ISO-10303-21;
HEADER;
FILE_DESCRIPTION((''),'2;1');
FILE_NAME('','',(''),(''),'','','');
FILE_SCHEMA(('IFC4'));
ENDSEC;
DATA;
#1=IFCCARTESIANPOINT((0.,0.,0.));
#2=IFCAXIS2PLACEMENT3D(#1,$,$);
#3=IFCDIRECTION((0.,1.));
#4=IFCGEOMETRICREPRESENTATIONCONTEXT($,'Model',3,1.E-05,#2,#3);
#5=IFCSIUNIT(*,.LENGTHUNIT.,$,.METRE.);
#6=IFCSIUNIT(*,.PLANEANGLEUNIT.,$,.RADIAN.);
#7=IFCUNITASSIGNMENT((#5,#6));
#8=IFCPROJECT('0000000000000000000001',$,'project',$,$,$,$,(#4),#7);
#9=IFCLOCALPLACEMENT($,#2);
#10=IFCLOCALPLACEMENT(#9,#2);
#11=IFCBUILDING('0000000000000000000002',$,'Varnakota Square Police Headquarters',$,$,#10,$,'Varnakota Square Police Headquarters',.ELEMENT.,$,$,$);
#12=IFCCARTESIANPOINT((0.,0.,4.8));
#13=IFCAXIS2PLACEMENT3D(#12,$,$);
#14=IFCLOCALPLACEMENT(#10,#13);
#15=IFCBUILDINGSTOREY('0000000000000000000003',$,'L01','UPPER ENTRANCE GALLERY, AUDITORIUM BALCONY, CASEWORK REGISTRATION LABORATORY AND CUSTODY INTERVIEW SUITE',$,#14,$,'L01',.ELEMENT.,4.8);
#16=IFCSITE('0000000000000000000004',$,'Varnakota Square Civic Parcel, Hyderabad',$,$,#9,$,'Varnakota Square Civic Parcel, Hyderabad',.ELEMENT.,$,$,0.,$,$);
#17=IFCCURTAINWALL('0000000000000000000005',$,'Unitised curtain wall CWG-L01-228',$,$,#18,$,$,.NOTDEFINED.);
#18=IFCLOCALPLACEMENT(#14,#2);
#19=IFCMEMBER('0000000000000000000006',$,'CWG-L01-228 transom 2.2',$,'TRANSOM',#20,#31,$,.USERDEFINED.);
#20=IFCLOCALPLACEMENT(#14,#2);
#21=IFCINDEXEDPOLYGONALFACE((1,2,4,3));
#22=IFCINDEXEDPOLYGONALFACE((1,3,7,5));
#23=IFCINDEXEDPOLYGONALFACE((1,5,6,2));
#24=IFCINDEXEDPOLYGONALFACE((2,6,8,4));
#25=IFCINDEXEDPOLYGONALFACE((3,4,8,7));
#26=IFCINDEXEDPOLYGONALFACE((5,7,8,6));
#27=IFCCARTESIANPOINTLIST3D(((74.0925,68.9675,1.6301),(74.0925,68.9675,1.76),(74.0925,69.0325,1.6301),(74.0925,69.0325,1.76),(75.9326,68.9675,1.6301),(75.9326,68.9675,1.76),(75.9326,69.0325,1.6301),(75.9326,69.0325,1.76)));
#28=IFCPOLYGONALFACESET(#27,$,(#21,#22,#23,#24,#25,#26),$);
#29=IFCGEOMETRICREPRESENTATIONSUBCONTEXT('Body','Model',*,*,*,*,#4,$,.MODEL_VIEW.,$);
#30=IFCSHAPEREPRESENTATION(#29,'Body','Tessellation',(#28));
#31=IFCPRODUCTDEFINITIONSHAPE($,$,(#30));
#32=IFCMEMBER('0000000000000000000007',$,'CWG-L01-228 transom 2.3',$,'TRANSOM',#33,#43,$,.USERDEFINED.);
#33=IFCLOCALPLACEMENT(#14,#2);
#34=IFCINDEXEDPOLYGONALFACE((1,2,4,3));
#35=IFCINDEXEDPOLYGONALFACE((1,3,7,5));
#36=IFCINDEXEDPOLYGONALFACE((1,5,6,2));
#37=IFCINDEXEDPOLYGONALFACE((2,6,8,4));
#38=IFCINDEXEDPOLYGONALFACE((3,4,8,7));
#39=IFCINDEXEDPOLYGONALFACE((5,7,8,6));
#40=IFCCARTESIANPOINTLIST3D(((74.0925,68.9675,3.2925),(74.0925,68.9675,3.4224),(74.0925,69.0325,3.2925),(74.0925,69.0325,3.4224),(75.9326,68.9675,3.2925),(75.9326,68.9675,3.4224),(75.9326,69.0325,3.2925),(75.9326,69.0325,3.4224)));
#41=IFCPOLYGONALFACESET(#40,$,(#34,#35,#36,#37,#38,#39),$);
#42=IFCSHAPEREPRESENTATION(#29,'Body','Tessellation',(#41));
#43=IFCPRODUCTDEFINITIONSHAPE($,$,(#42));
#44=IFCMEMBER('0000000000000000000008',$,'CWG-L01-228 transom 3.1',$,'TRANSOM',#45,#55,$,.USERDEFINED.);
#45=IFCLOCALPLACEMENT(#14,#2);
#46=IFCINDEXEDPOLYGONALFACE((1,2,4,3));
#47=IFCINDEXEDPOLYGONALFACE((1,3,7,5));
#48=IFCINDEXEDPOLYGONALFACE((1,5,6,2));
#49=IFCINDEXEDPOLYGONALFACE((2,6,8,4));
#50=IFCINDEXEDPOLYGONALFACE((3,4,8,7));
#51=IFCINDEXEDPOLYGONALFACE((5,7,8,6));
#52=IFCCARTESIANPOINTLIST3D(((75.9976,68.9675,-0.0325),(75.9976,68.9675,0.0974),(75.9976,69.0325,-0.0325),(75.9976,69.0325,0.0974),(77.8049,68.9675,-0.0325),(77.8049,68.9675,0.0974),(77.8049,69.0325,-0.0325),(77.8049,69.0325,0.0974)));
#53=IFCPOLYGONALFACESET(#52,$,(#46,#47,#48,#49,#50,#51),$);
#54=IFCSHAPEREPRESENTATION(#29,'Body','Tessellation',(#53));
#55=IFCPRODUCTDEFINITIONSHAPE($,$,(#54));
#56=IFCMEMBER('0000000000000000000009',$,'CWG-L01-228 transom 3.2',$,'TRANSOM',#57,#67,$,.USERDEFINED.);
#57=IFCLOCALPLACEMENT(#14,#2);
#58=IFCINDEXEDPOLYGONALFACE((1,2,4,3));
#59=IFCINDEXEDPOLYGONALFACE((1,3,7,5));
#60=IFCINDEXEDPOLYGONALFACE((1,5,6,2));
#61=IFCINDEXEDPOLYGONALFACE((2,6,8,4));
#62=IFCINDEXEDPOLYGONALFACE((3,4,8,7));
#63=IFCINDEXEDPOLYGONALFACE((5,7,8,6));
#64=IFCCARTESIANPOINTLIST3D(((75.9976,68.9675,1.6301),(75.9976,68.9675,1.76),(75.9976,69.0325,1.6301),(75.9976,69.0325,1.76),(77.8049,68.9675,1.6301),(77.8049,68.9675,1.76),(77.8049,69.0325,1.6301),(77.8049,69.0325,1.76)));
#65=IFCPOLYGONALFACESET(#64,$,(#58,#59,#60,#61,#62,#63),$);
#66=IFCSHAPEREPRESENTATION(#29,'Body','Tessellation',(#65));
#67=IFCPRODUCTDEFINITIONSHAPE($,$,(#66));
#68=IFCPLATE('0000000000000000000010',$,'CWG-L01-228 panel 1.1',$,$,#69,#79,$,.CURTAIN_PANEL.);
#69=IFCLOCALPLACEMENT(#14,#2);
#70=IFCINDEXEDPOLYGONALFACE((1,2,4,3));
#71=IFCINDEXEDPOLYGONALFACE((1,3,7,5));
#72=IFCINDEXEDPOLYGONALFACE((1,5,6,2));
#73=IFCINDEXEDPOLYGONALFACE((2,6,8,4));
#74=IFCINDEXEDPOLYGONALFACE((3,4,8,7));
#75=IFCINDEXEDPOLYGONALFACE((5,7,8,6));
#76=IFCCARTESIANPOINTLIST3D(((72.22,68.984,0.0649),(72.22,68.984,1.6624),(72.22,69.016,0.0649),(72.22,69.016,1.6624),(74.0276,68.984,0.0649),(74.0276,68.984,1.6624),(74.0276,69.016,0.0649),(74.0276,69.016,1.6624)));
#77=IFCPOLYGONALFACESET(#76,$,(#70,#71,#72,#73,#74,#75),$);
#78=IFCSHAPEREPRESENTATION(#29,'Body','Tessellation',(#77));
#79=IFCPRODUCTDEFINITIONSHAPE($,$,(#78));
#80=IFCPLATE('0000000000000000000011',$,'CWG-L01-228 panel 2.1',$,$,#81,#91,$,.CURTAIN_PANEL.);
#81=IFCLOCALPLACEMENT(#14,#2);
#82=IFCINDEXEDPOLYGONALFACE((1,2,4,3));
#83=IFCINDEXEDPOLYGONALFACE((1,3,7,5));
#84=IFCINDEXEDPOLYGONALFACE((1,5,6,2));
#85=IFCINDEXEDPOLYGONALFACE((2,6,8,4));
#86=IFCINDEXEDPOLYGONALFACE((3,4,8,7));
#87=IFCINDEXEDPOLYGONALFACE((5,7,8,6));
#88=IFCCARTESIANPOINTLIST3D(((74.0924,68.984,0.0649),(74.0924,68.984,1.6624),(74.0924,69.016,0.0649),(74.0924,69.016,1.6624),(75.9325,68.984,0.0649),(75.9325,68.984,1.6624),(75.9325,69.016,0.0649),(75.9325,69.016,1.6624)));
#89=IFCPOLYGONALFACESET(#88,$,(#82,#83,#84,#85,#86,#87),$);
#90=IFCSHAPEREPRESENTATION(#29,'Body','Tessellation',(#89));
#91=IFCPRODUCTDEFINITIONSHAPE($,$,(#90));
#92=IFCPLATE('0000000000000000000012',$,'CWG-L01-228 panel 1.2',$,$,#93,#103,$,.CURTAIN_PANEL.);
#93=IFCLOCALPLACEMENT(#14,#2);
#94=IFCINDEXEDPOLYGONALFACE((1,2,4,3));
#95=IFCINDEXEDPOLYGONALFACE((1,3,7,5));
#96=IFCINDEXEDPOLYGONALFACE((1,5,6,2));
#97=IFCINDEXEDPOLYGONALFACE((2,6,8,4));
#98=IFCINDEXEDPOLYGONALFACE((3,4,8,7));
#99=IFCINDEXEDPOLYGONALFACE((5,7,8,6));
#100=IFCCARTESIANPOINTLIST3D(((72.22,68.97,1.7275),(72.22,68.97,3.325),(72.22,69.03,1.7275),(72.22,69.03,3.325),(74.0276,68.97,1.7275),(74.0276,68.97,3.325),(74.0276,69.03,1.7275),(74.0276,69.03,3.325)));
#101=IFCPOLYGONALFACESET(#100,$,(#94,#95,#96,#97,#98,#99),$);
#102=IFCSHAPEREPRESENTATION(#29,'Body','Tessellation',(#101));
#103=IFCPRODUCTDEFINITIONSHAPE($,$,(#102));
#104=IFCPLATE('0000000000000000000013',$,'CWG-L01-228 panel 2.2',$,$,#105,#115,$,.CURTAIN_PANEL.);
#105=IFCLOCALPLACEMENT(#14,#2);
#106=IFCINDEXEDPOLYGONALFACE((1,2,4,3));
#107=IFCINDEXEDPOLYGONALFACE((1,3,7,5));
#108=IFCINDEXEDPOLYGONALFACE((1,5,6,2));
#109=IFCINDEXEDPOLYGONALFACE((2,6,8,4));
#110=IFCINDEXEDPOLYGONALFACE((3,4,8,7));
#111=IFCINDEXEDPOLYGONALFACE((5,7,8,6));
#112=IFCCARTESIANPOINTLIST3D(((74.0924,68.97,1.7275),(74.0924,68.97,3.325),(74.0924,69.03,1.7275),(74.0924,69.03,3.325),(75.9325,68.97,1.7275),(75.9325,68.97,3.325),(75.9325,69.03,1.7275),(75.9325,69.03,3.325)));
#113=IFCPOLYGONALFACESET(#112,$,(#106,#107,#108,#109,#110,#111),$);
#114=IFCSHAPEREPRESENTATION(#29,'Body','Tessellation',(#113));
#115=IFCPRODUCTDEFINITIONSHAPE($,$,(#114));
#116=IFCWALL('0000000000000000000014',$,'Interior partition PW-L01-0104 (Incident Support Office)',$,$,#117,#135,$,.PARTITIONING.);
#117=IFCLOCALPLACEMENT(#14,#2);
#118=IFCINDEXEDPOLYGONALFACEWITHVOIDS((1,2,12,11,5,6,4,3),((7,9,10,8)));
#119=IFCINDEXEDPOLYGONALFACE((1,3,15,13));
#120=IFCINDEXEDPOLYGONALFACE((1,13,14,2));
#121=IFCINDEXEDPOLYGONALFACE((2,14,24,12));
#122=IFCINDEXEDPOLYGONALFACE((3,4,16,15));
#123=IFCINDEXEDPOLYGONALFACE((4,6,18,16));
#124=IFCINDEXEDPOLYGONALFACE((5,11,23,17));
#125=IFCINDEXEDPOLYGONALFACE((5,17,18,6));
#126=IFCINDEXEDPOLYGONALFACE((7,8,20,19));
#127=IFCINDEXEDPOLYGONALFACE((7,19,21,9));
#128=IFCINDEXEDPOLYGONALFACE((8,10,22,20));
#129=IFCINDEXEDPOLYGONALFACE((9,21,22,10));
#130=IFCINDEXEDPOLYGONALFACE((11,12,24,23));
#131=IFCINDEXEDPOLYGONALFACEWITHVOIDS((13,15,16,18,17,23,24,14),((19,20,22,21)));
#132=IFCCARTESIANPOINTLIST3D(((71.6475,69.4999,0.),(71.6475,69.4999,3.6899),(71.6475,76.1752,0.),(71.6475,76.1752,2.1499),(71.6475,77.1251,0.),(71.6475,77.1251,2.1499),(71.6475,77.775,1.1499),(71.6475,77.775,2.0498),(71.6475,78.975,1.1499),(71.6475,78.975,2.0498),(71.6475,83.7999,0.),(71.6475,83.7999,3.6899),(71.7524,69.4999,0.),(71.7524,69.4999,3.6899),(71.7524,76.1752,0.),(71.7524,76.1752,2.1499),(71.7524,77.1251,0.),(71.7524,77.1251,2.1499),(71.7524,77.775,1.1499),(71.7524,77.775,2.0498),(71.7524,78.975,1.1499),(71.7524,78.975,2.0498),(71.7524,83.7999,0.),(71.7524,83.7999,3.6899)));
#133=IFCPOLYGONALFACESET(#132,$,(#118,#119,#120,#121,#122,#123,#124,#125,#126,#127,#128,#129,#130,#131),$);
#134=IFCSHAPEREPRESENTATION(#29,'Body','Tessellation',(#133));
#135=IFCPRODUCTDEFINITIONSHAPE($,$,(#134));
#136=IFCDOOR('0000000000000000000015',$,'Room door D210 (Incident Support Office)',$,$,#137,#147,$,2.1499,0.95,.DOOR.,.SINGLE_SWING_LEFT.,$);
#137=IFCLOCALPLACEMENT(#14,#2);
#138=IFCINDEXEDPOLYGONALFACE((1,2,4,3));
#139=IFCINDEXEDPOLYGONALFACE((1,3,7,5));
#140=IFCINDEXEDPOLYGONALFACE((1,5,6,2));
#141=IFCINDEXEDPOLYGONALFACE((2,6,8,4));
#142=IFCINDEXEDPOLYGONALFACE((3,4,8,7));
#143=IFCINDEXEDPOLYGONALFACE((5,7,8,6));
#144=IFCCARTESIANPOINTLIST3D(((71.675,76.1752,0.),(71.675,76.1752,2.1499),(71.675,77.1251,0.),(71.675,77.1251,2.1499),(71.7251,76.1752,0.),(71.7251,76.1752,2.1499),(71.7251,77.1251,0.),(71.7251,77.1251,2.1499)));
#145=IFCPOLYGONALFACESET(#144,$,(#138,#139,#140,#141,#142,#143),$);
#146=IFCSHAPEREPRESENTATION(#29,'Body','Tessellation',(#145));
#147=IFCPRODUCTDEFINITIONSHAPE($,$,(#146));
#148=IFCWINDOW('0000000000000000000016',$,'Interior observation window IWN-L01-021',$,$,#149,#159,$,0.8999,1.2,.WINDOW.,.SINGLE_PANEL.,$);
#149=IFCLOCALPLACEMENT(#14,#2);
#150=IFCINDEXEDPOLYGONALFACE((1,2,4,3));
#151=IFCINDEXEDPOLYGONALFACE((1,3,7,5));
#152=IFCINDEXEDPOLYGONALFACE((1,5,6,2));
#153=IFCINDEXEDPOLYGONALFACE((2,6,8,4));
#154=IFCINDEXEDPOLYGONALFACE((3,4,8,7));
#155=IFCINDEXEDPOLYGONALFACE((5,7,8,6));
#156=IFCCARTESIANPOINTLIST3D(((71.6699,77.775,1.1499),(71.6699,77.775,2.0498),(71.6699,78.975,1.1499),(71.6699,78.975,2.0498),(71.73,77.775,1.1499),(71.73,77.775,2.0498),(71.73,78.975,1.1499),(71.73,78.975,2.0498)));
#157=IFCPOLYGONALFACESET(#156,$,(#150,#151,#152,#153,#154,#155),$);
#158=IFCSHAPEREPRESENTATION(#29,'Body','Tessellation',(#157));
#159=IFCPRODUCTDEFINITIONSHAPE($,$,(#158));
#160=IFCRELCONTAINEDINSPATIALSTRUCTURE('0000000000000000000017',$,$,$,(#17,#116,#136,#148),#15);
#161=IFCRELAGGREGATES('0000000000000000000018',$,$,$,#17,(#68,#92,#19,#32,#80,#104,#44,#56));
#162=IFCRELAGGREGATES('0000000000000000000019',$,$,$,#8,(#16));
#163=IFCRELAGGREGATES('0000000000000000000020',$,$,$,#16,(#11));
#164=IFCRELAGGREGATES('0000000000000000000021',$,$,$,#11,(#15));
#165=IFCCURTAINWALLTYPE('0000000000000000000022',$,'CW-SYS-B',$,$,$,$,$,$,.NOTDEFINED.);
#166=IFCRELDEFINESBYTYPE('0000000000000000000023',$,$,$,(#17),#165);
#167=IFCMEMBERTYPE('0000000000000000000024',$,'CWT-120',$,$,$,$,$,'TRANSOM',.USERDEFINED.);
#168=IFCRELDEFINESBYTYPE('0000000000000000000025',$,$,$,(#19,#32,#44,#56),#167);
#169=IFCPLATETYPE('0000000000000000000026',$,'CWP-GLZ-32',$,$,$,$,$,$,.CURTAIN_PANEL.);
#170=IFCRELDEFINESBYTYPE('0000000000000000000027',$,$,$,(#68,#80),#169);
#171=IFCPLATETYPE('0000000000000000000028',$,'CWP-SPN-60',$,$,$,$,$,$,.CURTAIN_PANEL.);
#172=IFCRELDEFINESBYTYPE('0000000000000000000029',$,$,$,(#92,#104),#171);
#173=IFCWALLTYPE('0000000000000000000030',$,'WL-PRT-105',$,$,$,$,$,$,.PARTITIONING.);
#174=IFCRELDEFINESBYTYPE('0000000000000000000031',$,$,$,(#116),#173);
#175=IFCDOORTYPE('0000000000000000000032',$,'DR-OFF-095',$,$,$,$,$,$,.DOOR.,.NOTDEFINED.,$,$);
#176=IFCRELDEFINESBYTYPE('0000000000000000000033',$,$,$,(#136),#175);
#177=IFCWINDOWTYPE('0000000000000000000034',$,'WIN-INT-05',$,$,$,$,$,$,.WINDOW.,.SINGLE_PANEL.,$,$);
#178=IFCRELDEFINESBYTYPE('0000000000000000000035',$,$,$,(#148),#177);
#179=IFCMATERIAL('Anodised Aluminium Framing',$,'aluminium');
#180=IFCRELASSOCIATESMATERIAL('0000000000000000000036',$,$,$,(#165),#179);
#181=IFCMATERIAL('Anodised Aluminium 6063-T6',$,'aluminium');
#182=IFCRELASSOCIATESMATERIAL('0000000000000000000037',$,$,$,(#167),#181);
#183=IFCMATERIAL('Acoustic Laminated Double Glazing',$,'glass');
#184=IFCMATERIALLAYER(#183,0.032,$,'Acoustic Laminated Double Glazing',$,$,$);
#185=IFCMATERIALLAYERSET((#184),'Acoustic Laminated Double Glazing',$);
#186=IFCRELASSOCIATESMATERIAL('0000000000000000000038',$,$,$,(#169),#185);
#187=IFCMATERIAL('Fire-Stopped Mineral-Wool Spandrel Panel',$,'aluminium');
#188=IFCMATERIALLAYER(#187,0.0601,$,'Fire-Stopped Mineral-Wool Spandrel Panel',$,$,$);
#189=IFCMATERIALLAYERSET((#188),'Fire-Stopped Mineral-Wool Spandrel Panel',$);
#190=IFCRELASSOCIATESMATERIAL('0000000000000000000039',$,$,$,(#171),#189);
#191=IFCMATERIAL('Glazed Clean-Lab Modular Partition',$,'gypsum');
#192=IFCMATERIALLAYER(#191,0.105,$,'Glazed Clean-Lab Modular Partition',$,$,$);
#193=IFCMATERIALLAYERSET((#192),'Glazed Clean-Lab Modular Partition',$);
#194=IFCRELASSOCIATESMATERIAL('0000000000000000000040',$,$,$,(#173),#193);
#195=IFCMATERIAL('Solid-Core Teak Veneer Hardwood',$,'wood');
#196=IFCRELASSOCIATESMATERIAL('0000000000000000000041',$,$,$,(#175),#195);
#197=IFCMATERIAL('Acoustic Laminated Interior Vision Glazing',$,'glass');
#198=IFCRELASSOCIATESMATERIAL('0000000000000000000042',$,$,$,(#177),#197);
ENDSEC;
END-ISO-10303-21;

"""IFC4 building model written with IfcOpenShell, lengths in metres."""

from ifc_helpers import new_model, si_unit, direction, frame, frame_2d, origin, origin_2d, place, context, subcontext, project, spatial, rectangle, extrude, material, layer, layer_set, material_profile, profile_set, type_object, element, fill, aggregate, save


model = new_model("IFC4")

# Units and contexts
model_context = context("Model", 3, precision=1e-05, world=origin(), true_north=direction((0.0, 1.0)))
body_context = subcontext(model_context, "Body", "Model", "MODEL_VIEW")
ifc_project = project(units=[si_unit("LENGTHUNIT", "METRE"), si_unit("PLANEANGLEUNIT", "RADIAN")], contexts=[model_context])

# Site, building, storey
site_placement = place(None, origin())
site = spatial("IfcSite", under=ifc_project, at=site_placement, Name="Varnakota Square Civic Parcel, Hyderabad", LongName="Varnakota Square Civic Parcel, Hyderabad", CompositionType="ELEMENT", RefElevation=0.0)
building_placement = place(site_placement, origin())
building = spatial("IfcBuilding", under=site, at=building_placement, Name="Varnakota Square Police Headquarters", LongName="Varnakota Square Police Headquarters", CompositionType="ELEMENT")
storey_placement = place(building_placement, frame((0.0, 0.0, 4.8)))
storey = spatial("IfcBuildingStorey", under=building, at=storey_placement, Name="L01", Description="UPPER ENTRANCE GALLERY, AUDITORIUM BALCONY, CASEWORK REGISTRATION LABORATORY AND CUSTODY INTERVIEW SUITE", LongName="L01", CompositionType="ELEMENT", Elevation=4.8)

# Curtain wall, members, plates
ifc_material_1 = material(Name="Anodised Aluminium Framing", Category="aluminium")
curtain_wall_type = type_object("IfcCurtainWallType", Name="CW-SYS-B", PredefinedType="NOTDEFINED", material=ifc_material_1)
curtain_wall_placement = place(storey_placement, origin())
curtain_wall = element("IfcCurtainWall", 1, at=curtain_wall_placement, inside=storey, type_object=curtain_wall_type, Name="Unitised curtain wall CWG-L01-228", PredefinedType="NOTDEFINED")
ifc_material_2 = material(Name="Anodised Aluminium 6063-T6", Category="aluminium")
ifc_material_profile_1 = material_profile(ifc_material_2, rectangle(XDim=0.0649, YDim=0.1299, at=origin_2d()), Name="ALU TRANSOM 65x130")
ifc_profile_set_1 = profile_set([ifc_material_profile_1], Name="Anodised Aluminium 6063-T6")
member_type_1 = type_object("IfcMemberType", Name="CWT-120", ElementType="TRANSOM", PredefinedType="USERDEFINED", material=ifc_profile_set_1)
member_1_placement = place(storey_placement, frame((74.0925, 69.0, 1.6951), z_axis=(1.0, 0.0, 0.0), x_axis=(0.0, 1.0, 0.0)))
member_1 = element("IfcMember", 2, at=member_1_placement, type_object=member_type_1, Name="CWG-L01-228 transom 2.2", ObjectType="TRANSOM", PredefinedType="USERDEFINED", context=body_context, shape_type="SweptSolid", body=[
    extrude(rectangle(XDim=0.0649, YDim=0.1299, at=origin_2d()), origin(), (0.0, 0.0, 1.0), 1.8401),
])
member_2_placement = place(storey_placement, frame((74.0925, 69.0, 3.3574), z_axis=(1.0, 0.0, 0.0), x_axis=(0.0, 1.0, 0.0)))
member_2 = element("IfcMember", 3, at=member_2_placement, type_object=member_type_1, Name="CWG-L01-228 transom 2.3", ObjectType="TRANSOM", PredefinedType="USERDEFINED", context=body_context, shape_type="SweptSolid", body=[
    extrude(rectangle(XDim=0.0649, YDim=0.1299, at=origin_2d()), origin(), (0.0, 0.0, 1.0), 1.8401),
])
member_3_placement = place(storey_placement, frame((75.9976, 69.0, 0.0325), z_axis=(1.0, 0.0, 0.0), x_axis=(0.0, 1.0, 0.0)))
member_3 = element("IfcMember", 4, at=member_3_placement, type_object=member_type_1, Name="CWG-L01-228 transom 3.1", ObjectType="TRANSOM", PredefinedType="USERDEFINED", context=body_context, shape_type="SweptSolid", body=[
    extrude(rectangle(XDim=0.0649, YDim=0.1299, at=origin_2d()), origin(), (0.0, 0.0, 1.0), 1.8074),
])
member_4_placement = place(storey_placement, frame((75.9976, 69.0, 1.6951), z_axis=(1.0, 0.0, 0.0), x_axis=(0.0, 1.0, 0.0)))
member_4 = element("IfcMember", 5, at=member_4_placement, type_object=member_type_1, Name="CWG-L01-228 transom 3.2", ObjectType="TRANSOM", PredefinedType="USERDEFINED", context=body_context, shape_type="SweptSolid", body=[
    extrude(rectangle(XDim=0.0649, YDim=0.1299, at=origin_2d()), origin(), (0.0, 0.0, 1.0), 1.8074),
])
ifc_material_3 = material(Name="Acoustic Laminated Double Glazing", Category="glass")
ifc_layer_1 = layer(ifc_material_3, 0.032, Name="Acoustic Laminated Double Glazing")
ifc_layer_set_1 = layer_set([ifc_layer_1], Name="Acoustic Laminated Double Glazing")
plate_type_1 = type_object("IfcPlateType", Name="CWP-GLZ-32", PredefinedType="CURTAIN_PANEL", material=ifc_layer_set_1)
plate_1_placement = place(storey_placement, frame((73.1238, 69.0, 0.0649), z_axis=(0.0, 0.0, 1.0), x_axis=(1.0, 0.0, 0.0)))
plate_1 = element("IfcPlate", 6, at=plate_1_placement, type_object=plate_type_1, Name="CWG-L01-228 panel 1.1", PredefinedType="CURTAIN_PANEL", context=body_context, shape_type="SweptSolid", body=[
    extrude(rectangle(XDim=1.8076, YDim=0.032, at=origin_2d()), origin(), (0.0, 0.0, 1.0), 1.5974),
])
plate_2_placement = place(storey_placement, frame((75.0125, 69.0, 0.0649), z_axis=(0.0, 0.0, 1.0), x_axis=(1.0, 0.0, 0.0)))
plate_2 = element("IfcPlate", 7, at=plate_2_placement, type_object=plate_type_1, Name="CWG-L01-228 panel 2.1", PredefinedType="CURTAIN_PANEL", context=body_context, shape_type="SweptSolid", body=[
    extrude(rectangle(XDim=1.8401, YDim=0.032, at=origin_2d()), origin(), (0.0, 0.0, 1.0), 1.5974),
])
ifc_material_4 = material(Name="Fire-Stopped Mineral-Wool Spandrel Panel", Category="aluminium")
ifc_layer_2 = layer(ifc_material_4, 0.0601, Name="Fire-Stopped Mineral-Wool Spandrel Panel")
ifc_layer_set_2 = layer_set([ifc_layer_2], Name="Fire-Stopped Mineral-Wool Spandrel Panel")
plate_type_2 = type_object("IfcPlateType", Name="CWP-SPN-60", PredefinedType="CURTAIN_PANEL", material=ifc_layer_set_2)
plate_3_placement = place(storey_placement, frame((73.1238, 69.0, 1.7275), z_axis=(0.0, 0.0, 1.0), x_axis=(1.0, 0.0, 0.0)))
plate_3 = element("IfcPlate", 8, at=plate_3_placement, type_object=plate_type_2, Name="CWG-L01-228 panel 1.2", PredefinedType="CURTAIN_PANEL", context=body_context, shape_type="SweptSolid", body=[
    extrude(rectangle(XDim=1.8076, YDim=0.0601, at=origin_2d()), origin(), (0.0, 0.0, 1.0), 1.5974),
])
plate_4_placement = place(storey_placement, frame((75.0125, 69.0, 1.7275), z_axis=(0.0, 0.0, 1.0), x_axis=(1.0, 0.0, 0.0)))
plate_4 = element("IfcPlate", 9, at=plate_4_placement, type_object=plate_type_2, Name="CWG-L01-228 panel 2.2", PredefinedType="CURTAIN_PANEL", context=body_context, shape_type="SweptSolid", body=[
    extrude(rectangle(XDim=1.8401, YDim=0.0601, at=origin_2d()), origin(), (0.0, 0.0, 1.0), 1.5974),
])
aggregate(curtain_wall, [plate_1, plate_3, member_1, member_2, plate_2, plate_4, member_3, member_4])

# Wall, openings, door, window
ifc_material_5 = material(Name="Glazed Clean-Lab Modular Partition", Category="gypsum")
ifc_layer_3 = layer(ifc_material_5, 0.105, Name="Glazed Clean-Lab Modular Partition")
ifc_layer_set_3 = layer_set([ifc_layer_3], Name="Glazed Clean-Lab Modular Partition")
wall_type_1 = type_object("IfcWallType", Name="WL-PRT-105", PredefinedType="PARTITIONING", material=ifc_layer_set_3)
wall_1_placement = place(storey_placement, frame((71.7, 69.5, 0.0), z_axis=(0.0, 0.0, 1.0), x_axis=(0.0, 1.0, 0.0)))
wall_1 = element("IfcWall", 10, at=wall_1_placement, inside=storey, type_object=wall_type_1, Name="Interior partition PW-L01-0104 (Incident Support Office)", PredefinedType="PARTITIONING", context=body_context, shape_type="SweptSolid", body=[
    extrude(rectangle(XDim=14.3, YDim=0.105, at=frame_2d((7.1499, 0.0))), origin(), (0.0, 0.0, 1.0), 3.6899),
])
opening_1_placement = place(wall_1_placement, frame((6.675, 0.0, 0.0)))
opening_1 = element("IfcOpeningElement", 11, at=opening_1_placement, cuts=wall_1, PredefinedType="OPENING", context=body_context, shape_type="SweptSolid", body=[
    extrude(rectangle(XDim=0.95, YDim=2.1499, at=frame_2d((0.4751, 1.075))), frame((0.0, 0.0625, 0.0), z_axis=(0.0, -1.0, 0.0), x_axis=(1.0, 0.0, 0.0)), (0.0, 0.0, 1.0), 0.125),
])
opening_2_placement = place(wall_1_placement, frame((8.2749, 0.0, 1.1499)))
opening_2 = element("IfcOpeningElement", 12, at=opening_2_placement, cuts=wall_1, PredefinedType="OPENING", context=body_context, shape_type="SweptSolid", body=[
    extrude(rectangle(XDim=1.2, YDim=0.8999, at=frame_2d((0.6001, 0.45))), frame((0.0, 0.0625, 0.0), z_axis=(0.0, -1.0, 0.0), x_axis=(1.0, 0.0, 0.0)), (0.0, 0.0, 1.0), 0.125),
])
ifc_material_6 = material(Name="Solid-Core Teak Veneer Hardwood", Category="wood")
door_type_1 = type_object("IfcDoorType", Name="DR-OFF-095", OperationType="NOTDEFINED", PredefinedType="DOOR", material=ifc_material_6)
door_1_placement = place(opening_1_placement, origin())
door_1 = element("IfcDoor", 13, at=door_1_placement, inside=storey, type_object=door_type_1, Name="Room door D210 (Incident Support Office)", OperationType="SINGLE_SWING_LEFT", OverallHeight=2.1499, OverallWidth=0.95, PredefinedType="DOOR", context=body_context, shape_type="SweptSolid", body=[
    extrude(rectangle(XDim=0.95, YDim=2.1499, at=frame_2d((0.4751, 1.075))), frame((0.0, 0.0249, 0.0), z_axis=(0.0, -1.0, 0.0), x_axis=(1.0, 0.0, 0.0)), (0.0, 0.0, 1.0), 0.05),
])
fill(opening_1, door_1)
ifc_material_7 = material(Name="Acoustic Laminated Interior Vision Glazing", Category="glass")
window_type = type_object("IfcWindowType", Name="WIN-INT-05", PartitioningType="SINGLE_PANEL", PredefinedType="WINDOW", material=ifc_material_7)
window_placement = place(opening_2_placement, origin())
window = element("IfcWindow", 14, at=window_placement, inside=storey, type_object=window_type, Name="Interior observation window IWN-L01-021", OverallHeight=0.8999, OverallWidth=1.2, PartitioningType="SINGLE_PANEL", PredefinedType="WINDOW", context=body_context, shape_type="SweptSolid", body=[
    extrude(rectangle(XDim=1.2, YDim=0.8999, at=frame_2d((0.6001, 0.45))), frame((0.0, 0.03, 0.0), z_axis=(0.0, -1.0, 0.0), x_axis=(1.0, 0.0, 0.0)), (0.0, 0.0, 1.0), 0.0601),
])
fill(opening_2, window)

save(model, "model.ifc")
